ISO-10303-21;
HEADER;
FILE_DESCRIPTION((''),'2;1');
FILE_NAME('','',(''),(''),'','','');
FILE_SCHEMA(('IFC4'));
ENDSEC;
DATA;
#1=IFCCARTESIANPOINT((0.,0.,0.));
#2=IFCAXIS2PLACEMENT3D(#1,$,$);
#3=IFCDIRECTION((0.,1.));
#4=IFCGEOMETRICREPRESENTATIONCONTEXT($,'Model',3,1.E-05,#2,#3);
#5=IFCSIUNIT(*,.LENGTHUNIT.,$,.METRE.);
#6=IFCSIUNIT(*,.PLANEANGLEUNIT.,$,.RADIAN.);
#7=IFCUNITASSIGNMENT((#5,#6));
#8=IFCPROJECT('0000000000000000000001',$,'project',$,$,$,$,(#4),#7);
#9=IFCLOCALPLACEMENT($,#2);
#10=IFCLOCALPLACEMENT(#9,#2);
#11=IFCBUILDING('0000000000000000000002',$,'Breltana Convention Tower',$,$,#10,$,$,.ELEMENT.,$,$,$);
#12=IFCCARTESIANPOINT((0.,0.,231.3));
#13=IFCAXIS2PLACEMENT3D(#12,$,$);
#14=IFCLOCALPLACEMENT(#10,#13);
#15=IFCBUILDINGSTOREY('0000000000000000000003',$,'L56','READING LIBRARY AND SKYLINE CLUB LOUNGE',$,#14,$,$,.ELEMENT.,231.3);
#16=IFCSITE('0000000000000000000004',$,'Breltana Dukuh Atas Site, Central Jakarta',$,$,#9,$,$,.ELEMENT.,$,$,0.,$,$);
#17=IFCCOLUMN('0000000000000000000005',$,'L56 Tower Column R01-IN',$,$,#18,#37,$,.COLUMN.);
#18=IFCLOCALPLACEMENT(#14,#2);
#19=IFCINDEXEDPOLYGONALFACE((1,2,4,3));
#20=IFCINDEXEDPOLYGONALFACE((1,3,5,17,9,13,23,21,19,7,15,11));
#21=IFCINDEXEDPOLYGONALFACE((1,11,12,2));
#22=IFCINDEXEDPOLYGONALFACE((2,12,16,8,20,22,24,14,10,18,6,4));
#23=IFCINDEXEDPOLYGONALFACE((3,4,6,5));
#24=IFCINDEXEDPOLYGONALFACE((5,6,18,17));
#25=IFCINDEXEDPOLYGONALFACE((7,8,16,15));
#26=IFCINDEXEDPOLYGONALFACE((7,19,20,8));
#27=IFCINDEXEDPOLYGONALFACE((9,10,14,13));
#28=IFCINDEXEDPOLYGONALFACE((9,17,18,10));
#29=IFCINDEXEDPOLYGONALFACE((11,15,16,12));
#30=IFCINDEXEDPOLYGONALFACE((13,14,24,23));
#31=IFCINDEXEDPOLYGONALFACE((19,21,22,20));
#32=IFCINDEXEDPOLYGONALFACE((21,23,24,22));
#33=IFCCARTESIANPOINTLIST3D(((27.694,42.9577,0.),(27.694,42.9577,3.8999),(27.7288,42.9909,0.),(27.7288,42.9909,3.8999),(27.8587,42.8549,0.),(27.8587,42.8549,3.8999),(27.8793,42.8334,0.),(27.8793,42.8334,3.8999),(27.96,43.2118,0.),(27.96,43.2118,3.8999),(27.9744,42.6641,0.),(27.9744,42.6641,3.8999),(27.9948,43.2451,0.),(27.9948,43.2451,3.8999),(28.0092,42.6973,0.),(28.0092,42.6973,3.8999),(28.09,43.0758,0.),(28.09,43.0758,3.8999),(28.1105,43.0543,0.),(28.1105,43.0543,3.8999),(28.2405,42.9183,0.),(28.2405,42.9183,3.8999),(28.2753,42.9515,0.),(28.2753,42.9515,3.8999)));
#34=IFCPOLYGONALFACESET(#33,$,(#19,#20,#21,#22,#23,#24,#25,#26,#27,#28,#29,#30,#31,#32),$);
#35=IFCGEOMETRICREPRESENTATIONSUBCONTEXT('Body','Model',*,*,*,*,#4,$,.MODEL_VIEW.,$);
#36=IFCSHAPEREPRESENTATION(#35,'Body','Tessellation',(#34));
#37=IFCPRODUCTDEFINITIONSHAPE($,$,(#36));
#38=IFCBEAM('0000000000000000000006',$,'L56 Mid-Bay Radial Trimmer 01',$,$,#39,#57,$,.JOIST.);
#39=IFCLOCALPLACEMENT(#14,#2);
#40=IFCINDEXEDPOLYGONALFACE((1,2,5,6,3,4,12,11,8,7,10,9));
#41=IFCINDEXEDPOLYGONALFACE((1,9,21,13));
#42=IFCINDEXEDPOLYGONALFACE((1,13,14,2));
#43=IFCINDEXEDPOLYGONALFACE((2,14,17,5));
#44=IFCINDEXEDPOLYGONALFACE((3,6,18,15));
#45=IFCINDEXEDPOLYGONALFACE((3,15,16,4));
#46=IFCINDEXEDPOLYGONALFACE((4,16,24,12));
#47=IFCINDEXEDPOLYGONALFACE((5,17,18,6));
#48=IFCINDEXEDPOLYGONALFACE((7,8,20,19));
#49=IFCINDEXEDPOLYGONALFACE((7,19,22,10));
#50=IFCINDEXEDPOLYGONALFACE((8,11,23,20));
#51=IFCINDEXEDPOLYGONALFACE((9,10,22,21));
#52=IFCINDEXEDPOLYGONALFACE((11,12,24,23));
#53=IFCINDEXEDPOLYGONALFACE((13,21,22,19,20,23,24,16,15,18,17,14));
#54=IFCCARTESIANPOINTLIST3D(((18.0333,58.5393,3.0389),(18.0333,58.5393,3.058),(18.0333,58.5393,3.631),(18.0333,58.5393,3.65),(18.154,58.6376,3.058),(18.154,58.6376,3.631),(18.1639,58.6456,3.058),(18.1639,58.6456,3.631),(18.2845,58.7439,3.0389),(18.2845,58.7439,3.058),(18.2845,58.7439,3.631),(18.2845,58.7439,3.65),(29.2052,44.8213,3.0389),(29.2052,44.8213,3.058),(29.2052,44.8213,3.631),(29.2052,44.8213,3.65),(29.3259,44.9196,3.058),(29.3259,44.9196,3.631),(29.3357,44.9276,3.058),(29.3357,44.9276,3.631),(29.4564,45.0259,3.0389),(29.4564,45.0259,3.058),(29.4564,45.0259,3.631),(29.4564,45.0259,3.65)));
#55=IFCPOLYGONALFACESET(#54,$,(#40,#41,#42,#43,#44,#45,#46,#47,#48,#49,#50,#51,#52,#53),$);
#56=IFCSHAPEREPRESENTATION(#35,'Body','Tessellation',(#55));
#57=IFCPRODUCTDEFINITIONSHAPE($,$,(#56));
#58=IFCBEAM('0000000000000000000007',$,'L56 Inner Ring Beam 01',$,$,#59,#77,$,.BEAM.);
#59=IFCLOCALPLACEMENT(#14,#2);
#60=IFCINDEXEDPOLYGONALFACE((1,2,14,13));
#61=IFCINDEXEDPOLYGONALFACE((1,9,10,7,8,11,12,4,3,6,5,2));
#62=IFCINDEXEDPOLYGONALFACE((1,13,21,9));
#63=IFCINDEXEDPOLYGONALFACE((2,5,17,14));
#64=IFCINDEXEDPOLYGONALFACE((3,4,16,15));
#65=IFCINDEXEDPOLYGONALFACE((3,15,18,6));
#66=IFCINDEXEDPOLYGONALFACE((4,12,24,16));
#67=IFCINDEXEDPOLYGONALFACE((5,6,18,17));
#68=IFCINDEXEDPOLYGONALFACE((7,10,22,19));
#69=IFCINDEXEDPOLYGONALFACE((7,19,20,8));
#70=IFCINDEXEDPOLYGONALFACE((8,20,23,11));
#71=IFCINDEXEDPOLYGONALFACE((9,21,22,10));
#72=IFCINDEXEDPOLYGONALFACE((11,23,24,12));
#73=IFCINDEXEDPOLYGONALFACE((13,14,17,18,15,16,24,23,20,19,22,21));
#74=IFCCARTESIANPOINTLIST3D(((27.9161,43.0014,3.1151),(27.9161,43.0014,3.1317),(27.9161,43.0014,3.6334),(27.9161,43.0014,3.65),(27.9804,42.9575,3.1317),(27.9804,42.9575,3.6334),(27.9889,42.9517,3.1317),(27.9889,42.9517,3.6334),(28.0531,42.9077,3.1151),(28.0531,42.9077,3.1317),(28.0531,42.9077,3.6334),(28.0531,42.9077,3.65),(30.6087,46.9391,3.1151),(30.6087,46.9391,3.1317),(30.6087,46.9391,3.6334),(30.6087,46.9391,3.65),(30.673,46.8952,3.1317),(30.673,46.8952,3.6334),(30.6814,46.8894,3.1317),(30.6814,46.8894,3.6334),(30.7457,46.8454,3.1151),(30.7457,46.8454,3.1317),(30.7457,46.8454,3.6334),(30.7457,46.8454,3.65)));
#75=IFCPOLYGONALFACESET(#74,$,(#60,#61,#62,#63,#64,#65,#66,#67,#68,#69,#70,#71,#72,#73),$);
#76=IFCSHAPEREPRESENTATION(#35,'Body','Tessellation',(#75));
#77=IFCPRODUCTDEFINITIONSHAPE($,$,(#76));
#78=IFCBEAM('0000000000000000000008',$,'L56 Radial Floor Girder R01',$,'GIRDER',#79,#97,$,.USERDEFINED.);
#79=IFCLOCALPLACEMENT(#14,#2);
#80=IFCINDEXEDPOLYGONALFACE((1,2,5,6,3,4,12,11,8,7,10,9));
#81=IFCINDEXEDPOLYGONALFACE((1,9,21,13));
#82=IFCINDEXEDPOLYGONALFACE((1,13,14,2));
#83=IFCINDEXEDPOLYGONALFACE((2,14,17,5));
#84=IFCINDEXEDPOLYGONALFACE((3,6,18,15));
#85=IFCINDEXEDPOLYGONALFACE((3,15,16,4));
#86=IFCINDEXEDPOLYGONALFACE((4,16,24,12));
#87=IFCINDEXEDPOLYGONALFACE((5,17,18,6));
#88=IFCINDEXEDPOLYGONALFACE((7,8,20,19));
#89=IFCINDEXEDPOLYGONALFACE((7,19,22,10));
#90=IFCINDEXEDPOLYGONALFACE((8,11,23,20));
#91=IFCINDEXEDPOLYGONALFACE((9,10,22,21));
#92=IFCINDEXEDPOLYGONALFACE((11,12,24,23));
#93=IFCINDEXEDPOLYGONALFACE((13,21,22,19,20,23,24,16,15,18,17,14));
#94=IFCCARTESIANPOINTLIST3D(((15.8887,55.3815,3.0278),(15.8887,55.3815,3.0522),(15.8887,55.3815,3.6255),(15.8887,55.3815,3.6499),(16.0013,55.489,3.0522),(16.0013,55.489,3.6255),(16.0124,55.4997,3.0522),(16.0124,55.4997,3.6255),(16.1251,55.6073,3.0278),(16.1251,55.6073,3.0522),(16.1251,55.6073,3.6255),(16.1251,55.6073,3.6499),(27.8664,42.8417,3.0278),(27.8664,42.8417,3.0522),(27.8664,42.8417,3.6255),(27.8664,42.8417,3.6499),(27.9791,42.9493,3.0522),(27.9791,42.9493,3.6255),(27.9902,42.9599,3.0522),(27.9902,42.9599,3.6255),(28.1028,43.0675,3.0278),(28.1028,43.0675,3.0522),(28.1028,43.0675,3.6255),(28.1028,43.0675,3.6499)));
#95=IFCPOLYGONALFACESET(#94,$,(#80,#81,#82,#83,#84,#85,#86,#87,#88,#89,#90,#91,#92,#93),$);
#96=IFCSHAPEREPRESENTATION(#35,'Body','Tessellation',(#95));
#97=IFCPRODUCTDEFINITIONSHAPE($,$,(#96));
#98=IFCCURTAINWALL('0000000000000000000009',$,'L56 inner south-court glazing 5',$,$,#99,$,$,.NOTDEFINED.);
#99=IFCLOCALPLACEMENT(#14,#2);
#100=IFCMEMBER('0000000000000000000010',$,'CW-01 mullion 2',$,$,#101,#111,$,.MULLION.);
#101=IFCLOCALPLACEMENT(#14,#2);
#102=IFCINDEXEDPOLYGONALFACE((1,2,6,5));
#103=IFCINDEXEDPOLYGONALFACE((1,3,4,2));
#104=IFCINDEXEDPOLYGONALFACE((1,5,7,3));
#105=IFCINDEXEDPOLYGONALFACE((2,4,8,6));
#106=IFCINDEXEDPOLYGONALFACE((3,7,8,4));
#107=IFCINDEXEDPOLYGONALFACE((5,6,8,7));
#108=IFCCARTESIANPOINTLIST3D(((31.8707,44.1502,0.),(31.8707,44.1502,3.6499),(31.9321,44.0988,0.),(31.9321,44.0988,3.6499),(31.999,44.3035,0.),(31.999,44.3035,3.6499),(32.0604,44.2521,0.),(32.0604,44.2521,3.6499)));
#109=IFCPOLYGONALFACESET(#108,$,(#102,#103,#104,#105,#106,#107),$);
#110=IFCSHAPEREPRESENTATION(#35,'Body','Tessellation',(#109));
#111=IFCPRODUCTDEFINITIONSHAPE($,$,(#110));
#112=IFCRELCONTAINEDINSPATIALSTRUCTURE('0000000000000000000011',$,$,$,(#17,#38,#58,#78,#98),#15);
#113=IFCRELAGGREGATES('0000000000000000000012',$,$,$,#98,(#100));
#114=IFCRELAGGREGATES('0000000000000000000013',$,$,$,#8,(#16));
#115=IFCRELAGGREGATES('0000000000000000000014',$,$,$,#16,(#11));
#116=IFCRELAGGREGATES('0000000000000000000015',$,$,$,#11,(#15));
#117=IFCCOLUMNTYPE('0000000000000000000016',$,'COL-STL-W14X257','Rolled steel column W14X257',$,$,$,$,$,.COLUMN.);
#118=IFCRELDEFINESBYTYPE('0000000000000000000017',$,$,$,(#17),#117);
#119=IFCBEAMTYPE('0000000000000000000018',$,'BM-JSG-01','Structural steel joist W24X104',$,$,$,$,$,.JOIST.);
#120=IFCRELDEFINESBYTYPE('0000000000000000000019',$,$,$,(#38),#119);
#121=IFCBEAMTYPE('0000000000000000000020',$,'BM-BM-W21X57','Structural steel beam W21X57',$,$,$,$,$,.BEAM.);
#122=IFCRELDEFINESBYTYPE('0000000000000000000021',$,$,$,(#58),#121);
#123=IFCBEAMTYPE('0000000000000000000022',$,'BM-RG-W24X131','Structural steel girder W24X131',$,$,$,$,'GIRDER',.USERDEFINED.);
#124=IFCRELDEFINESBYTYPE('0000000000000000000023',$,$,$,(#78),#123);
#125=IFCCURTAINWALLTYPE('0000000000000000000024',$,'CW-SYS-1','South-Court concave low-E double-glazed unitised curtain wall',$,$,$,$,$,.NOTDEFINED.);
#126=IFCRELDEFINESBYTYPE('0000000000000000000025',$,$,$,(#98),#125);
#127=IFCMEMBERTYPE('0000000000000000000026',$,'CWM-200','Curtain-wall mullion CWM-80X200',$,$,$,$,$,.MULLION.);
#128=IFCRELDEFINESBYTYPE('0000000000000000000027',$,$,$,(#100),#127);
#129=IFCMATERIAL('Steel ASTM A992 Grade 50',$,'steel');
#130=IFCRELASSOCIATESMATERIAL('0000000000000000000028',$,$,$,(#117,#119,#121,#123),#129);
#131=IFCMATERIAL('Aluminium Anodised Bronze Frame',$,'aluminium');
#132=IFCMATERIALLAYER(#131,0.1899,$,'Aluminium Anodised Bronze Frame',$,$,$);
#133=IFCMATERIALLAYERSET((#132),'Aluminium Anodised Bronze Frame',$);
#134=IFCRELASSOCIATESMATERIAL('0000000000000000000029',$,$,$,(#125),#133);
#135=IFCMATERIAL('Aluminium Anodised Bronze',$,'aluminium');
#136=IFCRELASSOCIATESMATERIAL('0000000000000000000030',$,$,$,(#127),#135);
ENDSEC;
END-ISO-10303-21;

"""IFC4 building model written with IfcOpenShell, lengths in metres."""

from ifc_helpers import new_model, si_unit, direction, frame, origin, origin_2d, place, context, subcontext, project, spatial, rectangle, i_section, extrude, source, transform, mapped, material, layer, layer_set, material_profile, profile_set, type_object, type_shapes, element, aggregate, save


model = new_model("IFC4")

# Units and contexts
model_context = context("Model", 3, precision=1e-05, world=origin(), true_north=direction((0.0, 1.0)))
body_context = subcontext(model_context, "Body", "Model", "MODEL_VIEW")
ifc_project = project(units=[si_unit("LENGTHUNIT", "METRE"), si_unit("PLANEANGLEUNIT", "RADIAN")], contexts=[model_context])

# Site, building, storey
site_placement = place(None, origin())
site = spatial("IfcSite", under=ifc_project, at=site_placement, Name="Breltana Dukuh Atas Site, Central Jakarta", CompositionType="ELEMENT", RefElevation=0.0)
building_placement = place(site_placement, origin())
building = spatial("IfcBuilding", under=site, at=building_placement, Name="Breltana Convention Tower", CompositionType="ELEMENT")
storey_placement = place(building_placement, frame((0.0, 0.0, 231.3)))
storey = spatial("IfcBuildingStorey", under=building, at=storey_placement, Name="L56", Description="READING LIBRARY AND SKYLINE CLUB LOUNGE", CompositionType="ELEMENT", Elevation=231.3)

# Column
ifc_material_1 = material(Name="Steel ASTM A992 Grade 50", Category="steel")
ifc_material_profile_1 = material_profile(ifc_material_1, i_section(OverallWidth=0.406, OverallDepth=0.416, WebThickness=0.0298, FlangeThickness=0.0481, at=origin_2d()), Name="W14X257")
ifc_profile_set_1 = profile_set([ifc_material_profile_1], Name="Steel ASTM A992 Grade 50")
column_type = type_object("IfcColumnType", Name="COL-STL-W14X257", Description="Rolled steel column W14X257", PredefinedType="COLUMN", material=ifc_profile_set_1)
shared_shape_1 = source(origin(), body_context, "Body", "SweptSolid", [
    extrude(i_section(OverallWidth=0.406, OverallDepth=0.416, WebThickness=0.0298, FlangeThickness=0.0481, at=origin_2d()), origin(), (0.0, 0.0, 1.0), 3.8999),
])
column_placement = place(storey_placement, frame((27.9846, 42.9546, 0.0), z_axis=(0.0, 0.0, 1.0), x_axis=(-0.690756, 0.723088, 0.0)))
element("IfcColumn", 1, at=column_placement, inside=storey, type_object=column_type, Name="L56 Tower Column R01-IN", PredefinedType="COLUMN", context=body_context, shape_type="MappedRepresentation", body=[
    mapped(shared_shape_1, transform((0.0, 0.0, 0.0), scale=1.0)),
])

# Beams
ifc_material_profile_2 = material_profile(ifc_material_1, i_section(OverallWidth=0.324, OverallDepth=0.6111, WebThickness=0.0127, FlangeThickness=0.019, at=origin_2d()), Name="W24X104")
ifc_profile_set_2 = profile_set([ifc_material_profile_2], Name="Steel ASTM A992 Grade 50")
beam_type_1 = type_object("IfcBeamType", Name="BM-JSG-01", Description="Structural steel joist W24X104", PredefinedType="JOIST", material=ifc_profile_set_2)
shared_shape_2 = source(origin(), body_context, "Body", "SweptSolid", [
    extrude(i_section(OverallWidth=0.324, OverallDepth=0.6111, WebThickness=0.0127, FlangeThickness=0.019, at=origin_2d()), origin(), (0.0, 0.0, 1.0), 17.6917),
])
type_shapes(beam_type_1, [shared_shape_2])
beam_1_placement = place(storey_placement, frame((29.3308, 44.9236, 3.3445), z_axis=(-0.631477, 0.775395, 0.0), x_axis=(-0.775395, -0.631477, 0.0)))
element("IfcBeam", 2, at=beam_1_placement, inside=storey, type_object=beam_type_1, Name="L56 Mid-Bay Radial Trimmer 01", PredefinedType="JOIST", context=body_context, shape_type="MappedRepresentation", body=[
    mapped(shared_shape_2, transform((0.0, 0.0, 0.0), scale=1.0)),
])
ifc_material_profile_3 = material_profile(ifc_material_1, i_section(OverallWidth=0.166, OverallDepth=0.5349, WebThickness=0.0103, FlangeThickness=0.0166, at=origin_2d()), Name="W21X57")
ifc_profile_set_3 = profile_set([ifc_material_profile_3], Name="Steel ASTM A992 Grade 50")
beam_type_2 = type_object("IfcBeamType", Name="BM-BM-W21X57", Description="Structural steel beam W21X57", PredefinedType="BEAM", material=ifc_profile_set_3)
shared_shape_3 = source(origin(), body_context, "Body", "SweptSolid", [
    extrude(i_section(OverallWidth=0.166, OverallDepth=0.5349, WebThickness=0.0103, FlangeThickness=0.0166, at=origin_2d()), origin(), (0.0, 0.0, 1.0), 4.7703),
])
beam_2_placement = place(storey_placement, frame((27.9846, 42.9546, 3.3826), z_axis=(0.564453, 0.825465, 0.0), x_axis=(-0.825465, 0.564453, 0.0)))
element("IfcBeam", 3, at=beam_2_placement, inside=storey, type_object=beam_type_2, Name="L56 Inner Ring Beam 01", PredefinedType="BEAM", context=body_context, shape_type="MappedRepresentation", body=[
    mapped(shared_shape_3, transform((0.0, 0.0, 0.0), scale=1.0)),
])
ifc_material_profile_4 = material_profile(ifc_material_1, i_section(OverallWidth=0.3269, OverallDepth=0.6221, WebThickness=0.0154, FlangeThickness=0.0244, at=origin_2d()), Name="W24X131")
ifc_profile_set_4 = profile_set([ifc_material_profile_4], Name="Steel ASTM A992 Grade 50")
beam_type_3 = type_object("IfcBeamType", Name="BM-RG-W24X131", Description="Structural steel girder W24X131", ElementType="GIRDER", PredefinedType="USERDEFINED", material=ifc_profile_set_4)
shared_shape_4 = source(origin(), body_context, "Body", "SweptSolid", [
    extrude(i_section(OverallWidth=0.3269, OverallDepth=0.6221, WebThickness=0.0154, FlangeThickness=0.0244, at=origin_2d()), origin(), (0.0, 0.0, 1.0), 17.3411),
])
type_shapes(beam_type_3, [shared_shape_4])
beam_3_placement = place(storey_placement, frame((27.9846, 42.9546, 3.3389), z_axis=(-0.690716, 0.723126, 0.0), x_axis=(-0.723126, -0.690716, 0.0)))
element("IfcBeam", 4, at=beam_3_placement, inside=storey, type_object=beam_type_3, Name="L56 Radial Floor Girder R01", ObjectType="GIRDER", PredefinedType="USERDEFINED", context=body_context, shape_type="MappedRepresentation", body=[
    mapped(shared_shape_4, transform((0.0, 0.0, 0.0), scale=1.0)),
])

# Curtain wall, member
ifc_material_2 = material(Name="Aluminium Anodised Bronze Frame", Category="aluminium")
ifc_layer_1 = layer(ifc_material_2, 0.1899, Name="Aluminium Anodised Bronze Frame")
ifc_layer_set_1 = layer_set([ifc_layer_1], Name="Aluminium Anodised Bronze Frame")
curtain_wall_type = type_object("IfcCurtainWallType", Name="CW-SYS-1", Description="South-Court concave low-E double-glazed unitised curtain wall", PredefinedType="NOTDEFINED", material=ifc_layer_set_1)
curtain_wall_placement = place(storey_placement, origin())
curtain_wall = element("IfcCurtainWall", 5, at=curtain_wall_placement, inside=storey, type_object=curtain_wall_type, Name="L56 inner south-court glazing 5", PredefinedType="NOTDEFINED")
ifc_material_3 = material(Name="Aluminium Anodised Bronze", Category="aluminium")
ifc_material_profile_5 = material_profile(ifc_material_3, rectangle(XDim=0.0801, YDim=0.2, at=origin_2d()), Name="CWM-80X200")
ifc_profile_set_5 = profile_set([ifc_material_profile_5], Name="Aluminium Anodised Bronze")
member_type = type_object("IfcMemberType", Name="CWM-200", Description="Curtain-wall mullion CWM-80X200", PredefinedType="MULLION", material=ifc_profile_set_5)
shared_shape_5 = source(origin(), body_context, "Body", "SweptSolid", [
    extrude(rectangle(XDim=0.0801, YDim=0.2, at=origin_2d()), origin(), (0.0, 0.0, 1.0), 3.6499),
])
member_placement = place(storey_placement, frame((31.9656, 44.2012, 0.0), z_axis=(0.0, 0.0, 1.0), x_axis=(0.766884, -0.641785, 0.0)))
member = element("IfcMember", 6, at=member_placement, type_object=member_type, Name="CW-01 mullion 2", PredefinedType="MULLION", context=body_context, shape_type="MappedRepresentation", body=[
    mapped(shared_shape_5, transform((0.0, 0.0, 0.0), scale=1.0)),
])
aggregate(curtain_wall, [member])

save(model, "model.ifc")
